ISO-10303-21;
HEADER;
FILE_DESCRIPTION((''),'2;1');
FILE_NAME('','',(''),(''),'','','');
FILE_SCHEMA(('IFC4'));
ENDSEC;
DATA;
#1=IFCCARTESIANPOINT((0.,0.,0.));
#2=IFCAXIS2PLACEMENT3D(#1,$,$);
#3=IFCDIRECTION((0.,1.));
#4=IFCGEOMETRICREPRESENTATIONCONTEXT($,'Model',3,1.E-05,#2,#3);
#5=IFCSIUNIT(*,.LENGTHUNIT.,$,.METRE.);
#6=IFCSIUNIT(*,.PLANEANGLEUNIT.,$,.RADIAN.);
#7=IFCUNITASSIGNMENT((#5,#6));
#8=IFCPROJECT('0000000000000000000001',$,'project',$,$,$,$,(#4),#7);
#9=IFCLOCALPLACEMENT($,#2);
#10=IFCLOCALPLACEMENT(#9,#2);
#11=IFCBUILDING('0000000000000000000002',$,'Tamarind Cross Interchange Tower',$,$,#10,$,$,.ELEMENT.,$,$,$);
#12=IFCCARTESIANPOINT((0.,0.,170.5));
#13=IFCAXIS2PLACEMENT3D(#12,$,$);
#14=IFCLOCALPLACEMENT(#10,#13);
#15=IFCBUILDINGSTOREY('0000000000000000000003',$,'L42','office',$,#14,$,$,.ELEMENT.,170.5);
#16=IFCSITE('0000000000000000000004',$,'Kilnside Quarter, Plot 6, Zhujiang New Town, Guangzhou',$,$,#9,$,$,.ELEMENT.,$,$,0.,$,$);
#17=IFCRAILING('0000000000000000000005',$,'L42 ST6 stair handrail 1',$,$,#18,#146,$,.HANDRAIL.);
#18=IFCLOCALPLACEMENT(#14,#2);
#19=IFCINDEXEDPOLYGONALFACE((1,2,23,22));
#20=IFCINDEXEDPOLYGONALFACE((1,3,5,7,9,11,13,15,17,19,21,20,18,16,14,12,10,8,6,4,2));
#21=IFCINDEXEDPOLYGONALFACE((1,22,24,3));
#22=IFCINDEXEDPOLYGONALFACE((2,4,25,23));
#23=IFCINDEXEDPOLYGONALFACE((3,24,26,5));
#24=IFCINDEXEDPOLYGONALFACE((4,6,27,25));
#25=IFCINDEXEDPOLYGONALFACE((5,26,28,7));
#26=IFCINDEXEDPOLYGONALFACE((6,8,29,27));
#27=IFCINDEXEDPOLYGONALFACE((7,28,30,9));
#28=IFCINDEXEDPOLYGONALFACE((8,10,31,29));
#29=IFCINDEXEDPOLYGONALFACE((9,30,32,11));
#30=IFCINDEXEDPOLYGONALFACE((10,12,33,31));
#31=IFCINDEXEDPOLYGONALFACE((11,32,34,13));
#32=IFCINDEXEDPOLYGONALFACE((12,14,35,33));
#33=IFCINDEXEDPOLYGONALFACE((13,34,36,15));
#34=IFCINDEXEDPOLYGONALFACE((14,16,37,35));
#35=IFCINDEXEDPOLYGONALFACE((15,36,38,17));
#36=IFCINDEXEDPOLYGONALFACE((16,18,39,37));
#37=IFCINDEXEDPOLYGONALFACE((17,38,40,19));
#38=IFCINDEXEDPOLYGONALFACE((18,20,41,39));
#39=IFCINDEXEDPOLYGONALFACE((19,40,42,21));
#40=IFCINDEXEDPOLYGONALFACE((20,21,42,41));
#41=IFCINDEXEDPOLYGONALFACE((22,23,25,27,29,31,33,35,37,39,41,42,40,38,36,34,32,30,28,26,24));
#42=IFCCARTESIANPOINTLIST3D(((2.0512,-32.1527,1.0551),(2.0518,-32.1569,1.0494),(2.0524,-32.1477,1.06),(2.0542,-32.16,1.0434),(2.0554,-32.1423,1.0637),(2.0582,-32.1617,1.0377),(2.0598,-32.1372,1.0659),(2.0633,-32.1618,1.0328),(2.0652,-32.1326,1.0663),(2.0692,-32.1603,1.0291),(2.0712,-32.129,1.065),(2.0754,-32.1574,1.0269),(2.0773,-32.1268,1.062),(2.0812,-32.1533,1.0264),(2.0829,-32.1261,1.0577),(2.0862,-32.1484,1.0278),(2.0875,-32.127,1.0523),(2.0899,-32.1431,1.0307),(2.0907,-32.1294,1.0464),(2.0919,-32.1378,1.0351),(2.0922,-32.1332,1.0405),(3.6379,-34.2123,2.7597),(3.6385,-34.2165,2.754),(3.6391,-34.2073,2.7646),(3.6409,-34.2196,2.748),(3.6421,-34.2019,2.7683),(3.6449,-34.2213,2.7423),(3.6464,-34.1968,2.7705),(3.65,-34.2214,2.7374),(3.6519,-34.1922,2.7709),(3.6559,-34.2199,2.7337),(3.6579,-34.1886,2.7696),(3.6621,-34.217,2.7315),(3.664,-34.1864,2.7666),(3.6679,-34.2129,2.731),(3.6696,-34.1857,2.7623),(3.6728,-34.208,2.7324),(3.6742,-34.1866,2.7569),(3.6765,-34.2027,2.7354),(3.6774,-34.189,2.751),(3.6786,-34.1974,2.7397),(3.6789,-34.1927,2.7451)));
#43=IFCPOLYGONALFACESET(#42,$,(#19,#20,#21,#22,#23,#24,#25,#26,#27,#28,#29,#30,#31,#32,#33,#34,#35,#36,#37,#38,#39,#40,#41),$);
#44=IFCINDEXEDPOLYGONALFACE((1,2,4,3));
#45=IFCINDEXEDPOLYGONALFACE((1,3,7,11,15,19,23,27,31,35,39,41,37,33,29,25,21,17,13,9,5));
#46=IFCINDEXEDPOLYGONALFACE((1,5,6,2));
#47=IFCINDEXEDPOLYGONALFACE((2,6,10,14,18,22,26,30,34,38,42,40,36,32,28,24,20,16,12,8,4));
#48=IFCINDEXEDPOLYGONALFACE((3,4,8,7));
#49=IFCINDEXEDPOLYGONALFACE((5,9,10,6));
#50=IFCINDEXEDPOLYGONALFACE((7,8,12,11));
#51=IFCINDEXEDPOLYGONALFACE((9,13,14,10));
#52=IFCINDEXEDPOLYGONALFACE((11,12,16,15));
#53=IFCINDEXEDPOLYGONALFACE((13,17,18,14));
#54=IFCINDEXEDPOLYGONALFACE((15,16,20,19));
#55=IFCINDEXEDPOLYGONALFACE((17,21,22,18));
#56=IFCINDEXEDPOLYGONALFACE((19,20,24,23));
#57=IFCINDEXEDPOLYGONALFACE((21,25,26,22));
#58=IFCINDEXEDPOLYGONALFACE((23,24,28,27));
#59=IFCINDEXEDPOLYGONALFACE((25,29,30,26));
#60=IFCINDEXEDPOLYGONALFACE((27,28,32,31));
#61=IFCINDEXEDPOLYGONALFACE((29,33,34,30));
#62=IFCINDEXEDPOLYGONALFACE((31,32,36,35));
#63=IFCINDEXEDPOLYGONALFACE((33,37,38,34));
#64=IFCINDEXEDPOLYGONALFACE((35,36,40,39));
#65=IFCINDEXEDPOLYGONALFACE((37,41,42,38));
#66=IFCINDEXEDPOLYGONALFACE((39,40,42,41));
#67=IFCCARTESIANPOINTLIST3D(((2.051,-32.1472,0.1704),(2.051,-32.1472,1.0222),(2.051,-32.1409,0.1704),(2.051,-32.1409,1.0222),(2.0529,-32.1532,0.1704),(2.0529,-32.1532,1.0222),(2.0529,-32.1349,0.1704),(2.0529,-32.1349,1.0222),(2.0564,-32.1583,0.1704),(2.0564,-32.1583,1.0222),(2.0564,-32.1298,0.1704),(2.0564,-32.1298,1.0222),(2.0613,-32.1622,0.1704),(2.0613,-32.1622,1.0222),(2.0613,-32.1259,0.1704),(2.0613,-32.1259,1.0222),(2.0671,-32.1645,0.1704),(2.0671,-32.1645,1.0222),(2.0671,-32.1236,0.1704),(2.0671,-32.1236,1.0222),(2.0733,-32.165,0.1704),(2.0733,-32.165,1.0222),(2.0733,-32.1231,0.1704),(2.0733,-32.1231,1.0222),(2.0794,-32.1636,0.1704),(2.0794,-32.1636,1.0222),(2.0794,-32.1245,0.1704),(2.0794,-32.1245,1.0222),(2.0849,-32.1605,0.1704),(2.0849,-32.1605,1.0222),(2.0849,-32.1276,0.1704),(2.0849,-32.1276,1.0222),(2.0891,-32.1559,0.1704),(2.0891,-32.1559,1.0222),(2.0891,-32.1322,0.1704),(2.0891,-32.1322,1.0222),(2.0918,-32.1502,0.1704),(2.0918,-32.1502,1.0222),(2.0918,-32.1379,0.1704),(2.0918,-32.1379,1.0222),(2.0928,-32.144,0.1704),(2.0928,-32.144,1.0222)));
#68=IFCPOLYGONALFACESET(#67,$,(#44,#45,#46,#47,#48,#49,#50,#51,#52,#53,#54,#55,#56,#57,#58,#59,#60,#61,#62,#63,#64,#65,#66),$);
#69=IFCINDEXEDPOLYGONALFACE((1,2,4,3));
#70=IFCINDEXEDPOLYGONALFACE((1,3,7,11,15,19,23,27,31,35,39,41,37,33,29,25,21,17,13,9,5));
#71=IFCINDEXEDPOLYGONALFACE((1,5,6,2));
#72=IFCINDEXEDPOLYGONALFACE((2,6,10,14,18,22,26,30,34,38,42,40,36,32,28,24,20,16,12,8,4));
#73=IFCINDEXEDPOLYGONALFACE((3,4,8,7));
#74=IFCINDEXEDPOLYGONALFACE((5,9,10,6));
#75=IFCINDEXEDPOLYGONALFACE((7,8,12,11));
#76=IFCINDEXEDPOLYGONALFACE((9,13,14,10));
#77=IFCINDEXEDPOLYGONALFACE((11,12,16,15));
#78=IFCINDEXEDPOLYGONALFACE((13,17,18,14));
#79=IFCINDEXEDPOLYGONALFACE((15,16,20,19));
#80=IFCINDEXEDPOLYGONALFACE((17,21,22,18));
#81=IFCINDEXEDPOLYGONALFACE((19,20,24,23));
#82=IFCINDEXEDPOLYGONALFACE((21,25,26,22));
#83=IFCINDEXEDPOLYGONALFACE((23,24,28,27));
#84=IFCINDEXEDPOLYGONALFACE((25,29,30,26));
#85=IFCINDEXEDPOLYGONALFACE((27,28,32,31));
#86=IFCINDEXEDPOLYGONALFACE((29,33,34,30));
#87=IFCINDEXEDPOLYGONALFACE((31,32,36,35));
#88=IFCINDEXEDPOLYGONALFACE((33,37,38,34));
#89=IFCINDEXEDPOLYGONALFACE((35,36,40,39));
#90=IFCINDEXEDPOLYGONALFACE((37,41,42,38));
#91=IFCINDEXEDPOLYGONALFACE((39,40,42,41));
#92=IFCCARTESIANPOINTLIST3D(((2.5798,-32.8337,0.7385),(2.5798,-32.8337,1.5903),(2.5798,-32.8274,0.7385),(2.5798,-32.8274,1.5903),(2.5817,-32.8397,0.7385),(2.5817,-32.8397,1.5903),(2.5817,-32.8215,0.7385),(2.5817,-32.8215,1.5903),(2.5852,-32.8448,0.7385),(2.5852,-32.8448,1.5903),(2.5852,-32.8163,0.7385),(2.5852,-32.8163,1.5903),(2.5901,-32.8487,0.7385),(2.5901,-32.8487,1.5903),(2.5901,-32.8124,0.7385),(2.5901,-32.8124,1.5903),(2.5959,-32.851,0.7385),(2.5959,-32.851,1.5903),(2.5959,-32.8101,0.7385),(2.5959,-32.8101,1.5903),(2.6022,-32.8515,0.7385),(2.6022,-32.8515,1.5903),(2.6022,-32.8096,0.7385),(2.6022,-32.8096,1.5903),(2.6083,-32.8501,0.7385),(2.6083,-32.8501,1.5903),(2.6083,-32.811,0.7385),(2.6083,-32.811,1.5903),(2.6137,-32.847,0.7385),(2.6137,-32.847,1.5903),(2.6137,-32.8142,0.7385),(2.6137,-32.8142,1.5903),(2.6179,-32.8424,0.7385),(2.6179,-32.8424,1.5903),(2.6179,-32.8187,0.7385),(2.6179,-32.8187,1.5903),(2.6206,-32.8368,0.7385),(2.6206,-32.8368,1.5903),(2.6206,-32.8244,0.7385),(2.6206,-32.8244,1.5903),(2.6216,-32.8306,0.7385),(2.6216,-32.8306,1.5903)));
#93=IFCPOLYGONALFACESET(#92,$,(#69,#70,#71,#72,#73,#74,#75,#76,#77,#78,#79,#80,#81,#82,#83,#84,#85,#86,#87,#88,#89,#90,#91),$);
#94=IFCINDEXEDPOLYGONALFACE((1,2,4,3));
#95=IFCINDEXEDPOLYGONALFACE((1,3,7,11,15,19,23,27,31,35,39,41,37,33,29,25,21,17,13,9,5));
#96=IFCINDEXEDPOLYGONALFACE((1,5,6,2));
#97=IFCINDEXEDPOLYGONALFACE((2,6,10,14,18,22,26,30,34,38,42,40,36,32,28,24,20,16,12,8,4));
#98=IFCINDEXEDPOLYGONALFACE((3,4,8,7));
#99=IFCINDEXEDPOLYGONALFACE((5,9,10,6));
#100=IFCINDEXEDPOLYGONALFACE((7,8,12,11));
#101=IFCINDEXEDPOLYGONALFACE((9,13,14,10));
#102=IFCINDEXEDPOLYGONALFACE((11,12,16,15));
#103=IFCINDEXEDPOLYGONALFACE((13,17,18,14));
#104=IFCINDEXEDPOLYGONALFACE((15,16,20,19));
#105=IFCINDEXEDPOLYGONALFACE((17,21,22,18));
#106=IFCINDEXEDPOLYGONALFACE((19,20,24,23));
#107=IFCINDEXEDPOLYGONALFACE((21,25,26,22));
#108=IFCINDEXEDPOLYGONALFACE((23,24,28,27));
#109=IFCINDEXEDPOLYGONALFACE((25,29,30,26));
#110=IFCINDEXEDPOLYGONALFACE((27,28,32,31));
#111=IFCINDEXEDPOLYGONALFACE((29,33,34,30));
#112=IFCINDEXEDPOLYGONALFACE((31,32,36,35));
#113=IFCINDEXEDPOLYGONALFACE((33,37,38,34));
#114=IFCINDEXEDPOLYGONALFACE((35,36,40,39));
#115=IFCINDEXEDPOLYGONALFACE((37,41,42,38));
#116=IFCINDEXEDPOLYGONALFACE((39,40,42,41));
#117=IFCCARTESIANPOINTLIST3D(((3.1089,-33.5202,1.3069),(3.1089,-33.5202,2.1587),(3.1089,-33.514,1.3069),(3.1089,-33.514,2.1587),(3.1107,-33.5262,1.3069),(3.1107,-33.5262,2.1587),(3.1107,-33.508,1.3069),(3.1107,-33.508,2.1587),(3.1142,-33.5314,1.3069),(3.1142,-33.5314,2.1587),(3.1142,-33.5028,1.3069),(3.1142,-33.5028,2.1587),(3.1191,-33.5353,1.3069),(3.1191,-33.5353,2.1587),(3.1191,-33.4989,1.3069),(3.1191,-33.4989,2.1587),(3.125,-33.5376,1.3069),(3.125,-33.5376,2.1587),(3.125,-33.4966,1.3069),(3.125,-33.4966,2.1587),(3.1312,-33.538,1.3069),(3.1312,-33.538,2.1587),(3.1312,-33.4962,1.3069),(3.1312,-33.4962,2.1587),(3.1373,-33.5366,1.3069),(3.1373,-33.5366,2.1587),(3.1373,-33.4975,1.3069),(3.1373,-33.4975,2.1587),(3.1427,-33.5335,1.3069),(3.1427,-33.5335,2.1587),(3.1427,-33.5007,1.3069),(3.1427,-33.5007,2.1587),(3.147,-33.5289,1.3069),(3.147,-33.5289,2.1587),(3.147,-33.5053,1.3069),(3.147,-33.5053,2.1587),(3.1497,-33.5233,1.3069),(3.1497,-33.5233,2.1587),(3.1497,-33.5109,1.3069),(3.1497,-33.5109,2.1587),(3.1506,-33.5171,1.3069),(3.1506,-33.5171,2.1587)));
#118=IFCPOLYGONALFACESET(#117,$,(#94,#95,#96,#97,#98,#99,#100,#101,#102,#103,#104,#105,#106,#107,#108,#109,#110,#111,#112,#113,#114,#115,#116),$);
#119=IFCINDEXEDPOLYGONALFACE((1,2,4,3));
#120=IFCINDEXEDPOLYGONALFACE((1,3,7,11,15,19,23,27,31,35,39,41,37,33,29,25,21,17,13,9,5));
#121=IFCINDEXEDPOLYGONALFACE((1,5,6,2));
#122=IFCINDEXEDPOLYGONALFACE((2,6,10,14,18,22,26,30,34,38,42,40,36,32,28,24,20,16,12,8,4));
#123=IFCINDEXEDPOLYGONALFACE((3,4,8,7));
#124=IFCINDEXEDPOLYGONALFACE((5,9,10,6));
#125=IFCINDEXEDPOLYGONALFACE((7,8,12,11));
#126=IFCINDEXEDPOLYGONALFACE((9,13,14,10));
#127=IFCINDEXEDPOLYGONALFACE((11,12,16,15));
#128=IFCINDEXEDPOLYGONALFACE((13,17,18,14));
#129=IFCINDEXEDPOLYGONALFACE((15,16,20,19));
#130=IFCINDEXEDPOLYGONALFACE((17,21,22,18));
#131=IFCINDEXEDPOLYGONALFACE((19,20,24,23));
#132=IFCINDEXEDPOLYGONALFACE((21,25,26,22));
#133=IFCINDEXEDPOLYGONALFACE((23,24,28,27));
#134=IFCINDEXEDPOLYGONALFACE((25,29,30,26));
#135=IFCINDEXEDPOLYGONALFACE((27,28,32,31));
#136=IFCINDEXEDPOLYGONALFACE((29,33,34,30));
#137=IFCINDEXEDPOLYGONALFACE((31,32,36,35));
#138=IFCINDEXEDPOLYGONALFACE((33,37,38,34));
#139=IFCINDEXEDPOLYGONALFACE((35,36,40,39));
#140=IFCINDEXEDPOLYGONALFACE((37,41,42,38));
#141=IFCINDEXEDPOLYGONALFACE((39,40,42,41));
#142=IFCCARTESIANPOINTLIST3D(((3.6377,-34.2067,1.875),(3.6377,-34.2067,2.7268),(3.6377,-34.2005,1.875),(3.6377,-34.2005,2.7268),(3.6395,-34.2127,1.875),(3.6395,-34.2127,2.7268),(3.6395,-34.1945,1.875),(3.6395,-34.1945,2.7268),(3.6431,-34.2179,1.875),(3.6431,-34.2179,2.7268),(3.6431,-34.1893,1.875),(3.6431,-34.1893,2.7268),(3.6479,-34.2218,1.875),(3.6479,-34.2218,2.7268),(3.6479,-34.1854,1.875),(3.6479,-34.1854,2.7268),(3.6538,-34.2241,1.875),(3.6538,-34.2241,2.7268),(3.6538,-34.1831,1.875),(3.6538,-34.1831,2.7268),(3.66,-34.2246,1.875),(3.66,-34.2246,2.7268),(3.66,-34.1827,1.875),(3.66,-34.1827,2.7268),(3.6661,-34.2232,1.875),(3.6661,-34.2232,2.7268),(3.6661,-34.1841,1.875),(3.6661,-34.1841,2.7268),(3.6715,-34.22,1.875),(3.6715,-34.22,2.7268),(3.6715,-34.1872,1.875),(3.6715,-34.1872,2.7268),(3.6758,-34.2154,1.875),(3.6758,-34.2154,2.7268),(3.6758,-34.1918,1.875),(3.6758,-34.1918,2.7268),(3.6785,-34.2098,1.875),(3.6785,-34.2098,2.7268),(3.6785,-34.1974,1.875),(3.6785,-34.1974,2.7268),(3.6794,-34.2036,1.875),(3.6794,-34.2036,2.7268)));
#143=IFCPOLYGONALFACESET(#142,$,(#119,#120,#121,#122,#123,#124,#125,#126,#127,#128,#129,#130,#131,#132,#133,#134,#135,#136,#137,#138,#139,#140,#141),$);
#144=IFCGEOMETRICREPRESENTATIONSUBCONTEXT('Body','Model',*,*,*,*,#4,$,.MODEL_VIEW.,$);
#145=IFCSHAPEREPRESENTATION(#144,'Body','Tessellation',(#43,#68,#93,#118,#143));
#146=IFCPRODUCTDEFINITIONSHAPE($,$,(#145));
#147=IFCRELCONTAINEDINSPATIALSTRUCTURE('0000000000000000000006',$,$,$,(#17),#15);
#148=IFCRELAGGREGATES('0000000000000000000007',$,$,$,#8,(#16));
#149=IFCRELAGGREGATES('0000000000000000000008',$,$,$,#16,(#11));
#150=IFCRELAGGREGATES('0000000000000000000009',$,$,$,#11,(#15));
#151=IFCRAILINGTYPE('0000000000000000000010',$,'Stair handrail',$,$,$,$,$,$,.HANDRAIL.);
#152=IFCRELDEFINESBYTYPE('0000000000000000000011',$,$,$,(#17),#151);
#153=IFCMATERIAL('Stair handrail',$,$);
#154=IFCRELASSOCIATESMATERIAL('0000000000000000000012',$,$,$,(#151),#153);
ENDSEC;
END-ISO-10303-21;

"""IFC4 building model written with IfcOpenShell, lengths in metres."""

from ifc_helpers import new_model, si_unit, direction, frame, origin, origin_2d, place, context, subcontext, project, spatial, circle, extrude, material, type_object, element, save


model = new_model("IFC4")

# Units and contexts
model_context = context("Model", 3, precision=1e-05, world=origin(), true_north=direction((0.0, 1.0)))
body_context = subcontext(model_context, "Body", "Model", "MODEL_VIEW")
ifc_project = project(units=[si_unit("LENGTHUNIT", "METRE"), si_unit("PLANEANGLEUNIT", "RADIAN")], contexts=[model_context])

# Site, building, storey
site_placement = place(None, origin())
site = spatial("IfcSite", under=ifc_project, at=site_placement, Name="Kilnside Quarter, Plot 6, Zhujiang New Town, Guangzhou", CompositionType="ELEMENT", RefElevation=0.0)
building_placement = place(site_placement, origin())
building = spatial("IfcBuilding", under=site, at=building_placement, Name="Tamarind Cross Interchange Tower", CompositionType="ELEMENT")
storey_placement = place(building_placement, frame((0.0, 0.0, 170.5)))
storey = spatial("IfcBuildingStorey", under=building, at=storey_placement, Name="L42", Description="office", CompositionType="ELEMENT", Elevation=170.5)

# Railing
ifc_material_1 = material(Name="Stair handrail")
railing_type_1 = type_object("IfcRailingType", Name="Stair handrail", PredefinedType="HANDRAIL", material=ifc_material_1)
railing_1_placement = place(storey_placement, frame((2.0718, -32.144, 0.1704)))
element("IfcRailing", 1, at=railing_1_placement, inside=storey, type_object=railing_type_1, Name="L42 ST6 stair handrail 1", PredefinedType="HANDRAIL", context=body_context, shape_type="SweptSolid", body=[
    extrude(circle(Radius=0.0239, at=origin_2d()), frame((0.0, 0.0, 0.876), z_axis=(0.510371, -0.662485, 0.548302), x_axis=(0.79218, 0.610287, 0.0)), (0.0, 0.0, 1.0), 3.1089),
    extrude(circle(Radius=0.021, at=origin_2d()), origin(), (0.0, 0.0, 1.0), 0.8518),
    extrude(circle(Radius=0.021, at=origin_2d()), frame((0.5288, -0.6865, 0.5681)), (0.0, 0.0, 1.0), 0.8518),
    extrude(circle(Radius=0.021, at=origin_2d()), frame((1.0579, -1.373, 1.1365)), (0.0, 0.0, 1.0), 0.8518),
    extrude(circle(Radius=0.021, at=origin_2d()), frame((1.5867, -2.0596, 1.7046)), (0.0, 0.0, 1.0), 0.8518),
])

save(model, "model.ifc")
